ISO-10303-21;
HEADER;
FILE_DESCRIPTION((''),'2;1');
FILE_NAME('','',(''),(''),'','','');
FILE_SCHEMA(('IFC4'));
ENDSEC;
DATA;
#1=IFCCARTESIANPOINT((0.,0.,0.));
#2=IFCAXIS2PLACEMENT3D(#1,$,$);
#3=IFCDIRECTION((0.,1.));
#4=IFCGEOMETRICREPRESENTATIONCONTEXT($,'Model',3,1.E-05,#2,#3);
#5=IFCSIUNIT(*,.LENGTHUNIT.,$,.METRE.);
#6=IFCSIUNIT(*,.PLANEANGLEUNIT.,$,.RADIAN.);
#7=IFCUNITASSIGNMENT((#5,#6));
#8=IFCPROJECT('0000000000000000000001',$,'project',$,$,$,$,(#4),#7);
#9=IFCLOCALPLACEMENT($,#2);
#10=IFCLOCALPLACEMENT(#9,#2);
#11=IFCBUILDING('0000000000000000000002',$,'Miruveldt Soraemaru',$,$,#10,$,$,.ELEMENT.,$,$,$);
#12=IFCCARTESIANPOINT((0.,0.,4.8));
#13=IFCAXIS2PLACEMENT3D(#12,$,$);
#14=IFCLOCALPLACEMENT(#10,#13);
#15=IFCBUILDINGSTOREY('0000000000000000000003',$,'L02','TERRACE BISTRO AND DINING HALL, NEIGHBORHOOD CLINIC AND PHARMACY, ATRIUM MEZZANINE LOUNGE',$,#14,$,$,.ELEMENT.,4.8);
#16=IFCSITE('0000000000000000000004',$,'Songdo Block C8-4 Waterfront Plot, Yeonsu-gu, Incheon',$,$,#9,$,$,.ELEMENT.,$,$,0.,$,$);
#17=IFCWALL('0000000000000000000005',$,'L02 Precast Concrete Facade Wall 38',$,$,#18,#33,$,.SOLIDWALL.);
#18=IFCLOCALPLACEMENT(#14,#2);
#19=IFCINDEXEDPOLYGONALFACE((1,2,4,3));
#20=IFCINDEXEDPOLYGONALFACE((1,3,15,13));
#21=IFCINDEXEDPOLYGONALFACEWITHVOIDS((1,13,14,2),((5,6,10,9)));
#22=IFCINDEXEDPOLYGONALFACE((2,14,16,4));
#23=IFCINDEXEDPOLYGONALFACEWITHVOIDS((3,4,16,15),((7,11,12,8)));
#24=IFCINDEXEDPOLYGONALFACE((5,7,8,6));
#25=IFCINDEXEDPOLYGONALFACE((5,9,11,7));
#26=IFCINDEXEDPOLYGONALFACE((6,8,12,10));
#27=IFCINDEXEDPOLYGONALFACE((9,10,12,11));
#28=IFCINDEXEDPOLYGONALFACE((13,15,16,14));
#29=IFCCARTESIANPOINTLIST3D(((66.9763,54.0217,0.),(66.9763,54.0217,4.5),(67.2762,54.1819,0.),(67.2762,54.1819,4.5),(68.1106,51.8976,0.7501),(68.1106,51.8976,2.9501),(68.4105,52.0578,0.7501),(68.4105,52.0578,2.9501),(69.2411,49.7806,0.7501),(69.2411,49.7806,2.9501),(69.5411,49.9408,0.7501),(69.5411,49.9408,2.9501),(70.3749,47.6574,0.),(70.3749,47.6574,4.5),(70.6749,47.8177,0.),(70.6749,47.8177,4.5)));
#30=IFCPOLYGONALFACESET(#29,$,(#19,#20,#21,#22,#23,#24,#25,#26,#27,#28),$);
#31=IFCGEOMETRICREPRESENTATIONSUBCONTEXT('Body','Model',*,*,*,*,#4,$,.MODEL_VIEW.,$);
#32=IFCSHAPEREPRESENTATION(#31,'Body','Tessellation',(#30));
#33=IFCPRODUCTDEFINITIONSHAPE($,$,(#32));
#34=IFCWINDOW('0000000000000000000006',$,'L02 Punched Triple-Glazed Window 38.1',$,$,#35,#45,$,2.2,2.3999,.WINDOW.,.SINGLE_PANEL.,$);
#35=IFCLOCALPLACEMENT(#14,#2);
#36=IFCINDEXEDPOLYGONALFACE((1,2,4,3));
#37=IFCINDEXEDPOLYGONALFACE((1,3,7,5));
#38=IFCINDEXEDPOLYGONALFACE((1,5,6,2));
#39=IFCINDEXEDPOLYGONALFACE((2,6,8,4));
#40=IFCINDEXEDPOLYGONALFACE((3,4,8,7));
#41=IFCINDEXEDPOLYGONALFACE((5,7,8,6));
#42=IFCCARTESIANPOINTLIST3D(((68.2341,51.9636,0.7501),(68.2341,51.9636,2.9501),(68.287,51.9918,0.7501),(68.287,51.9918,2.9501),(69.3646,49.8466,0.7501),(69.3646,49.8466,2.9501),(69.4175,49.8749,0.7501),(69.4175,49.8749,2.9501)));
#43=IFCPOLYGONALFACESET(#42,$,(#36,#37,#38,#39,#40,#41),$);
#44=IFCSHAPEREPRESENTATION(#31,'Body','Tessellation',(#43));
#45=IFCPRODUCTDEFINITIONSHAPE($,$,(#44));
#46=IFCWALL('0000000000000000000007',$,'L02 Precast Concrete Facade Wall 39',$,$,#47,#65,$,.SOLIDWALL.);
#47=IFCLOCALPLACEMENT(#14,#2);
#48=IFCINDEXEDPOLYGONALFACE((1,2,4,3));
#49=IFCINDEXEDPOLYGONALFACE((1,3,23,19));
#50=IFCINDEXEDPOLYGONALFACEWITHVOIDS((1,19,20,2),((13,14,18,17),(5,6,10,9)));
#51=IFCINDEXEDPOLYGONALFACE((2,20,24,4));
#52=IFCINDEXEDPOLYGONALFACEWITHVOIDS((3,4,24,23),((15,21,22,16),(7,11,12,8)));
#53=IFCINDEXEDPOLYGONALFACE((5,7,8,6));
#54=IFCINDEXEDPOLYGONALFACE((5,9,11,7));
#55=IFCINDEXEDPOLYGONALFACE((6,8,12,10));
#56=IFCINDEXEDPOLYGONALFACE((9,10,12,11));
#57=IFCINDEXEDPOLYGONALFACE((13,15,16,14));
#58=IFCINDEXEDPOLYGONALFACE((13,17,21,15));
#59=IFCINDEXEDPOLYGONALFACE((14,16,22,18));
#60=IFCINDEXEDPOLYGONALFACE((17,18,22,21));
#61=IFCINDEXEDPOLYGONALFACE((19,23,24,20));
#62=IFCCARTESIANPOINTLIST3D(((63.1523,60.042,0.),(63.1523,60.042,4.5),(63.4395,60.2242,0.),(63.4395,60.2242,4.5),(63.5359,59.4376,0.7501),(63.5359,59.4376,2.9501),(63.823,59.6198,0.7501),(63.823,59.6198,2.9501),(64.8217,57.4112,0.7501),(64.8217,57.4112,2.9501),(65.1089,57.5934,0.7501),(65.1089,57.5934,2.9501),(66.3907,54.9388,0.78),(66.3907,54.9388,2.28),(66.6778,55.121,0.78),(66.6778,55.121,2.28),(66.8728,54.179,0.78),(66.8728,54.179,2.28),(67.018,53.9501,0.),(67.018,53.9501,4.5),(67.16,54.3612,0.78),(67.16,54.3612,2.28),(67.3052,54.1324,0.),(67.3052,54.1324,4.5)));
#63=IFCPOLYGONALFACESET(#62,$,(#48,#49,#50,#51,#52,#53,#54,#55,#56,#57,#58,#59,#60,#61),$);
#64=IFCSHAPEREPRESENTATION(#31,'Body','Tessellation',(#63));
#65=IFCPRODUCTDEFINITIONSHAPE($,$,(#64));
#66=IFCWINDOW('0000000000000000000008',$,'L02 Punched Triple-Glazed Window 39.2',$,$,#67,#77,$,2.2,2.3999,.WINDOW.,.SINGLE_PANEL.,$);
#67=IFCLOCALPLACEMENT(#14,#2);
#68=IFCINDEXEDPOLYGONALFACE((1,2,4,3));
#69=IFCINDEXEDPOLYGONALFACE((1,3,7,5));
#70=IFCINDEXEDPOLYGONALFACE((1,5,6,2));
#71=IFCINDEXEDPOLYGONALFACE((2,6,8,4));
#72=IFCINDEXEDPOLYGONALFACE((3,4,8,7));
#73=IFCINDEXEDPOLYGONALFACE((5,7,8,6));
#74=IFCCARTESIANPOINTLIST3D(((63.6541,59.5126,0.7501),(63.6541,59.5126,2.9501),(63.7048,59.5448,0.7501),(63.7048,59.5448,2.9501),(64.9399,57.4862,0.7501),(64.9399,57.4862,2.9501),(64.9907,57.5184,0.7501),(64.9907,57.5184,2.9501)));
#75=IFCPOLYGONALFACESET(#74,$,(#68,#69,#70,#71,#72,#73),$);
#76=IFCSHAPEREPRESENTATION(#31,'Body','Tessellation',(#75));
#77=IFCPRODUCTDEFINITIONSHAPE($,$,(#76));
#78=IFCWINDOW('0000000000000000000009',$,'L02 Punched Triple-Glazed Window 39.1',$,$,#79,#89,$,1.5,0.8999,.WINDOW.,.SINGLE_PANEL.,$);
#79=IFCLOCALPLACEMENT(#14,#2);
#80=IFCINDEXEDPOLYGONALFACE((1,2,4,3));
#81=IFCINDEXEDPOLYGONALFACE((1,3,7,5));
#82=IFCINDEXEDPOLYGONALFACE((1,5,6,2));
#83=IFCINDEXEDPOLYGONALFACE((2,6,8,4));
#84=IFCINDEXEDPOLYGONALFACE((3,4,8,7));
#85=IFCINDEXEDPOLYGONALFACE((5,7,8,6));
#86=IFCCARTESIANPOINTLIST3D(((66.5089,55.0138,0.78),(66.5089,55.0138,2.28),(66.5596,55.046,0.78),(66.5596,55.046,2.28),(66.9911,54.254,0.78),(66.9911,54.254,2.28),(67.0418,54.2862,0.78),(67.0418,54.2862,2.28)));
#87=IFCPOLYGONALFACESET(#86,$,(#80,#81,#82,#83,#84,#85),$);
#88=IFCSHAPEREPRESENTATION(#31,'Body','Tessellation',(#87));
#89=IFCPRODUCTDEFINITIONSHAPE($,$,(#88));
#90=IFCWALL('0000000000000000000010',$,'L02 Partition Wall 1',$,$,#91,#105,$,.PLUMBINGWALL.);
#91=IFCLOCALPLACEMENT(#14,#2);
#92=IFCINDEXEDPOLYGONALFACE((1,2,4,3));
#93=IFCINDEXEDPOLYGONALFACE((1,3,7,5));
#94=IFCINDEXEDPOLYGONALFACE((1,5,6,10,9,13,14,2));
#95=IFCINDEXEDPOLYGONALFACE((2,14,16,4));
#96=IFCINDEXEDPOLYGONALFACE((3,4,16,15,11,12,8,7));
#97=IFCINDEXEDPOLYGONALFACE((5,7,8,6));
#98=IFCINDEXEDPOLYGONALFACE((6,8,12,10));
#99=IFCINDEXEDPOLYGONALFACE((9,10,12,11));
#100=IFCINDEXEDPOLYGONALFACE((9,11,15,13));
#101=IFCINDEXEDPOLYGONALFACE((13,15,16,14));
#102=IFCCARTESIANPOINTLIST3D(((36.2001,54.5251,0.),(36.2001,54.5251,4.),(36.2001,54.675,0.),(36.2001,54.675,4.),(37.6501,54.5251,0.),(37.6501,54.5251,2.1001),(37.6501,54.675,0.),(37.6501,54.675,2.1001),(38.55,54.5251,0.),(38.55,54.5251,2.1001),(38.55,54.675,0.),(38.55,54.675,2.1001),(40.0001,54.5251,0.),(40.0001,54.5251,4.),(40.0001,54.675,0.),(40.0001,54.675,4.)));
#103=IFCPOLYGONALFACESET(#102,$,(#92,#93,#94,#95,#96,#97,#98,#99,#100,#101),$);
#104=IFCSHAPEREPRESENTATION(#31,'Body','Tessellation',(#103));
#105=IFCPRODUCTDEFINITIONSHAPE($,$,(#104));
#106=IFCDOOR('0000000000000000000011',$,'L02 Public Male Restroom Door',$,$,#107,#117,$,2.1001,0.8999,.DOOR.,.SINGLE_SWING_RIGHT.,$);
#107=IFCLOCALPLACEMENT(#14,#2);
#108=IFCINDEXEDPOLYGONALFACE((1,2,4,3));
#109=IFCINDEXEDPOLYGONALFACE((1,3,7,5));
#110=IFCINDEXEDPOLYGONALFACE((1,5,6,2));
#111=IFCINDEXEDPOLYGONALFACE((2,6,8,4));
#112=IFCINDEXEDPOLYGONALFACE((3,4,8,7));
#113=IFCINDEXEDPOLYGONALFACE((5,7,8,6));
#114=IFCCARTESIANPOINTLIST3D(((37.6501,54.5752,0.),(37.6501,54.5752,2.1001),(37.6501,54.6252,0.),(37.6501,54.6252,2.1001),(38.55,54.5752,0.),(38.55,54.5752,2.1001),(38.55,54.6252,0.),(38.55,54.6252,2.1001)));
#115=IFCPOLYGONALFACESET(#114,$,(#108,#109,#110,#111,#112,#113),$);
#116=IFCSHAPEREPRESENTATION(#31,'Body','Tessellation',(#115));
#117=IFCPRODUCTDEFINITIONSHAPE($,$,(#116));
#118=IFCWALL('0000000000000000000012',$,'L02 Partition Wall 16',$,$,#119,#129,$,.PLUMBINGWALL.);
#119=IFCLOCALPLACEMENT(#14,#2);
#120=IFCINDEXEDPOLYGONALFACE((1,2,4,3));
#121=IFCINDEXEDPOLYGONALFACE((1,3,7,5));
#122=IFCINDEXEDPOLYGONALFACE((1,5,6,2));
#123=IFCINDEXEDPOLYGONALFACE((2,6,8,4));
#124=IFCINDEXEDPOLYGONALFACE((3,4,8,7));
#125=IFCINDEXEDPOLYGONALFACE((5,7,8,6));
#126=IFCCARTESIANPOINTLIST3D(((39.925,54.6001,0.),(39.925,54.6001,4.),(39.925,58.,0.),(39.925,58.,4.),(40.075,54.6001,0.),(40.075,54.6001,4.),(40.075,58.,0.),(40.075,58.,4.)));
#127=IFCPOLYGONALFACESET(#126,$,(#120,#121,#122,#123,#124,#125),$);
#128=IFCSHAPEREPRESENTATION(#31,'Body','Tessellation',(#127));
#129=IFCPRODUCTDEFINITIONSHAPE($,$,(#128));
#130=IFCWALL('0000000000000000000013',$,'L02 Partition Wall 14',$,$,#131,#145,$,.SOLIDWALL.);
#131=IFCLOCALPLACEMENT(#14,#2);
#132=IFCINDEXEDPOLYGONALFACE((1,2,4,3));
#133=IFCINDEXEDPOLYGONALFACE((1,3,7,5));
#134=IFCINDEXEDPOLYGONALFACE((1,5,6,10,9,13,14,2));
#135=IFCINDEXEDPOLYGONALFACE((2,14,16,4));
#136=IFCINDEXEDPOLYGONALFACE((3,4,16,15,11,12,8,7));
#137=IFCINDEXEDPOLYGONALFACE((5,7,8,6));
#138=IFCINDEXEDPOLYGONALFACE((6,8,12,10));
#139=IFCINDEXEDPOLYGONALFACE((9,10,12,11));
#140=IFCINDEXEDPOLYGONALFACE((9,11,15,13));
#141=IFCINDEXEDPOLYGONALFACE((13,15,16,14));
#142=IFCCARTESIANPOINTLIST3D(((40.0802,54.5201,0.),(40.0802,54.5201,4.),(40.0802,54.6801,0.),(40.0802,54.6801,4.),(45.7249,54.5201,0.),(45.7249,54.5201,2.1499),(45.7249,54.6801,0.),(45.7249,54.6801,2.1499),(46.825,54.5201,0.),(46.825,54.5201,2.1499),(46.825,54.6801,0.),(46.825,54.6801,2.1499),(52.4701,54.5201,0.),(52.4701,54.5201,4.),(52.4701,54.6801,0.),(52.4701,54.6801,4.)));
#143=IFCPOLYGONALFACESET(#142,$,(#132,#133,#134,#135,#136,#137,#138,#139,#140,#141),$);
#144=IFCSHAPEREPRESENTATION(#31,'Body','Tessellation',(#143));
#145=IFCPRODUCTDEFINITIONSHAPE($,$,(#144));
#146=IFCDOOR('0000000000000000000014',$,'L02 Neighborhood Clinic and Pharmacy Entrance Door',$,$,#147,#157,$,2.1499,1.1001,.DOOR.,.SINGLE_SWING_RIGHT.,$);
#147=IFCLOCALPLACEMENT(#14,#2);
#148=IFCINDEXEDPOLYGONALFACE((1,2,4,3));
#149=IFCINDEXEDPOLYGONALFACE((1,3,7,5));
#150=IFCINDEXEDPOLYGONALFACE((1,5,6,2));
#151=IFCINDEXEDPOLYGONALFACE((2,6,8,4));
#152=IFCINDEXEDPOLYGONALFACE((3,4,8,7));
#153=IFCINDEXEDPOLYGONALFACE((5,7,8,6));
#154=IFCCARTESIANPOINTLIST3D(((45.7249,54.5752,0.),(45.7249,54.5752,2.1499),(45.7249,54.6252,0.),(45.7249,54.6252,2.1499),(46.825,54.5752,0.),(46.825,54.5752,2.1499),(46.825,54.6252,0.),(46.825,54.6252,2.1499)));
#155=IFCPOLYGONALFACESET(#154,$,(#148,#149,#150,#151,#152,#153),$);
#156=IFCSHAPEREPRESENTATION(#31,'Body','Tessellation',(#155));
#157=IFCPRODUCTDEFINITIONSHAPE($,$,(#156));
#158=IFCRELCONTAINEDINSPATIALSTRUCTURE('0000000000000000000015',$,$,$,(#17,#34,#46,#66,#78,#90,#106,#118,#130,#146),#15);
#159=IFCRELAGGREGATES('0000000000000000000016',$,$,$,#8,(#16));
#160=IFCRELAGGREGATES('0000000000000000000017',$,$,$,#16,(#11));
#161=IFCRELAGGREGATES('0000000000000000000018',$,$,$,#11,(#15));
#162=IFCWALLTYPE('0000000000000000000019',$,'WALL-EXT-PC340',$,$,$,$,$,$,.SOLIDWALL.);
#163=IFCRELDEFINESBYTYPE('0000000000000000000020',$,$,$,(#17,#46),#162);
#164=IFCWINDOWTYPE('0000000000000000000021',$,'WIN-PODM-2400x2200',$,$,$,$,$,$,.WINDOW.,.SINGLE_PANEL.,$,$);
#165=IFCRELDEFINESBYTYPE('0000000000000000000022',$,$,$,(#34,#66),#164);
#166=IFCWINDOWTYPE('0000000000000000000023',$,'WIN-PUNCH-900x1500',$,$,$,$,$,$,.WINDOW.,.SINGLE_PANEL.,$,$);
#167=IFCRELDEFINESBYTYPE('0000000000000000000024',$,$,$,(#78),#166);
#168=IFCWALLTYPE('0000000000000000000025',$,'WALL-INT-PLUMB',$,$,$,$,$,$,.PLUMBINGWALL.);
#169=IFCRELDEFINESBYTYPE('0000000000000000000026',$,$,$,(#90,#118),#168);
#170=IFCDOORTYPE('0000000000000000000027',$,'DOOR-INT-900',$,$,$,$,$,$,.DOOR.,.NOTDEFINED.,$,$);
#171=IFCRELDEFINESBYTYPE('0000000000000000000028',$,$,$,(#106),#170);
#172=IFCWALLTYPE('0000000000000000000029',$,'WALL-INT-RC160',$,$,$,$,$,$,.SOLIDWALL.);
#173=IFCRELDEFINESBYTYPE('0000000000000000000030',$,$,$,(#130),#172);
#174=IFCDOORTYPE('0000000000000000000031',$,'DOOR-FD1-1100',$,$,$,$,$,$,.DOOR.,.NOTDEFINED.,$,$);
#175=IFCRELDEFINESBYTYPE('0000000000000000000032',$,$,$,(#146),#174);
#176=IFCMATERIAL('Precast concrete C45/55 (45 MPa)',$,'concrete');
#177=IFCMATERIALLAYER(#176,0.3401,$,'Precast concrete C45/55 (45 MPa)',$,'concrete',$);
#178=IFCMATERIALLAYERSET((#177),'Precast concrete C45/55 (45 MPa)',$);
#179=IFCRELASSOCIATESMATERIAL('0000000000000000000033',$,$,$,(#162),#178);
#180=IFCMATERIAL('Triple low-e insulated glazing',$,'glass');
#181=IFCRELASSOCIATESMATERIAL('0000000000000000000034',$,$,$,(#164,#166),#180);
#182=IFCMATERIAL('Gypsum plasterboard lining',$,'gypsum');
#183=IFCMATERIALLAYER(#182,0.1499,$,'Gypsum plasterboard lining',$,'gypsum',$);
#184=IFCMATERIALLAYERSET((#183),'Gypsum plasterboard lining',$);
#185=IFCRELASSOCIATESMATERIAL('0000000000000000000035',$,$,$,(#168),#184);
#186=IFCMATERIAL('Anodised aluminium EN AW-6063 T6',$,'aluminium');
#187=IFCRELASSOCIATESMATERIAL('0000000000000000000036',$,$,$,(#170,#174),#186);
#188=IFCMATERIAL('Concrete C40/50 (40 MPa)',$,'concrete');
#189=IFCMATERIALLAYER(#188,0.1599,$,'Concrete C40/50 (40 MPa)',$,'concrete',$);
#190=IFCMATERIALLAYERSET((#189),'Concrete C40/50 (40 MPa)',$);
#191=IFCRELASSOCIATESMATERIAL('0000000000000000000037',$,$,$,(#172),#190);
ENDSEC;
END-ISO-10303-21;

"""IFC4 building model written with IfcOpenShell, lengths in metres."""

from ifc_helpers import new_model, si_unit, direction, frame, frame_2d, origin, place, context, subcontext, project, spatial, rectangle, extrude, material, layer, layer_set, type_object, element, fill, save


model = new_model("IFC4")

# Units and contexts
model_context = context("Model", 3, precision=1e-05, world=origin(), true_north=direction((0.0, 1.0)))
body_context = subcontext(model_context, "Body", "Model", "MODEL_VIEW")
ifc_project = project(units=[si_unit("LENGTHUNIT", "METRE"), si_unit("PLANEANGLEUNIT", "RADIAN")], contexts=[model_context])

# Site, building, storey
site_placement = place(None, origin())
site = spatial("IfcSite", under=ifc_project, at=site_placement, Name="Songdo Block C8-4 Waterfront Plot, Yeonsu-gu, Incheon", CompositionType="ELEMENT", RefElevation=0.0)
building_placement = place(site_placement, origin())
building = spatial("IfcBuilding", under=site, at=building_placement, Name="Miruveldt Soraemaru", CompositionType="ELEMENT")
storey_placement = place(building_placement, frame((0.0, 0.0, 4.8)))
storey = spatial("IfcBuildingStorey", under=building, at=storey_placement, Name="L02", Description="TERRACE BISTRO AND DINING HALL, NEIGHBORHOOD CLINIC AND PHARMACY, ATRIUM MEZZANINE LOUNGE", CompositionType="ELEMENT", Elevation=4.8)

# Shared definitions
ifc_material_1 = material(Name="Anodised aluminium EN AW-6063 T6", Category="aluminium")

# Wall, opening, window
ifc_material_2 = material(Name="Precast concrete C45/55 (45 MPa)", Category="concrete")
ifc_layer_1 = layer(ifc_material_2, 0.3401, Name="Precast concrete C45/55 (45 MPa)", Category="concrete")
ifc_layer_set_1 = layer_set([ifc_layer_1], Name="Precast concrete C45/55 (45 MPa)")
wall_type_1 = type_object("IfcWallType", Name="WALL-EXT-PC340", PredefinedType="SOLIDWALL", material=ifc_layer_set_1)
wall_1_placement = place(storey_placement, frame((70.5249, 47.7375, 0.0), z_axis=(0.0, 0.0, 1.0), x_axis=(-0.471064, 0.882099, 0.0)))
wall_1 = element("IfcWall", 1, at=wall_1_placement, inside=storey, type_object=wall_type_1, Name="L02 Precast Concrete Facade Wall 38", PredefinedType="SOLIDWALL", context=body_context, shape_type="SweptSolid", body=[
    extrude(rectangle(XDim=7.2148, YDim=0.3401, at=frame_2d((3.6074, 0.0))), origin(), (0.0, 0.0, 1.0), 4.5),
])
opening_1_placement = place(wall_1_placement, frame((2.407, 0.0, 0.75)))
opening_1 = element("IfcOpeningElement", 2, at=opening_1_placement, cuts=wall_1, PredefinedType="OPENING", context=body_context, shape_type="SweptSolid", body=[
    extrude(rectangle(XDim=2.3999, YDim=2.2, at=frame_2d((1.2, 1.1001))), frame((0.0, 0.1802, 0.0), z_axis=(0.0, -1.0, 0.0), x_axis=(1.0, 0.0, 0.0)), (0.0, 0.0, 1.0), 0.3601),
])
ifc_material_3 = material(Name="Triple low-e insulated glazing", Category="glass")
window_type_1 = type_object("IfcWindowType", Name="WIN-PODM-2400x2200", PartitioningType="SINGLE_PANEL", PredefinedType="WINDOW", material=ifc_material_3)
window_1_placement = place(opening_1_placement, origin())
window_1 = element("IfcWindow", 3, at=window_1_placement, inside=storey, type_object=window_type_1, Name="L02 Punched Triple-Glazed Window 38.1", OverallHeight=2.2, OverallWidth=2.3999, PartitioningType="SINGLE_PANEL", PredefinedType="WINDOW", context=body_context, shape_type="SweptSolid", body=[
    extrude(rectangle(XDim=2.3999, YDim=2.2, at=frame_2d((1.2, 1.1001))), frame((0.0, 0.03, 0.0), z_axis=(0.0, -1.0, 0.0), x_axis=(1.0, 0.0, 0.0)), (0.0, 0.0, 1.0), 0.0601),
])
fill(opening_1, window_1)

# Wall, openings, windows
wall_2_placement = place(storey_placement, frame((67.1616, 54.0413, 0.0), z_axis=(0.0, 0.0, 1.0), x_axis=(-0.535802, 0.844344, 0.0)))
wall_2 = element("IfcWall", 4, at=wall_2_placement, inside=storey, type_object=wall_type_1, Name="L02 Precast Concrete Facade Wall 39", PredefinedType="SOLIDWALL", context=body_context, shape_type="SweptSolid", body=[
    extrude(rectangle(XDim=7.2148, YDim=0.3401, at=frame_2d((3.6074, 0.0))), origin(), (0.0, 0.0, 1.0), 4.5),
])
opening_2_placement = place(wall_2_placement, frame((0.271, 0.0, 0.78)))
opening_2 = element("IfcOpeningElement", 5, at=opening_2_placement, cuts=wall_2, PredefinedType="OPENING", context=body_context, shape_type="SweptSolid", body=[
    extrude(rectangle(XDim=0.8999, YDim=1.5, at=frame_2d((0.45, 0.75))), frame((0.0, 0.1802, 0.0), z_axis=(0.0, -1.0, 0.0), x_axis=(1.0, 0.0, 0.0)), (0.0, 0.0, 1.0), 0.3601),
])
opening_3_placement = place(wall_2_placement, frame((4.0991, 0.0, 0.75)))
opening_3 = element("IfcOpeningElement", 6, at=opening_3_placement, cuts=wall_2, PredefinedType="OPENING", context=body_context, shape_type="SweptSolid", body=[
    extrude(rectangle(XDim=2.3999, YDim=2.2, at=frame_2d((1.2, 1.1001))), frame((0.0, 0.1802, 0.0), z_axis=(0.0, -1.0, 0.0), x_axis=(1.0, 0.0, 0.0)), (0.0, 0.0, 1.0), 0.3601),
])
window_2_placement = place(opening_3_placement, origin())
window_2 = element("IfcWindow", 7, at=window_2_placement, inside=storey, type_object=window_type_1, Name="L02 Punched Triple-Glazed Window 39.2", OverallHeight=2.2, OverallWidth=2.3999, PartitioningType="SINGLE_PANEL", PredefinedType="WINDOW", context=body_context, shape_type="SweptSolid", body=[
    extrude(rectangle(XDim=2.3999, YDim=2.2, at=frame_2d((1.2, 1.1001))), frame((0.0, 0.03, 0.0), z_axis=(0.0, -1.0, 0.0), x_axis=(1.0, 0.0, 0.0)), (0.0, 0.0, 1.0), 0.0601),
])
fill(opening_3, window_2)
window_type_2 = type_object("IfcWindowType", Name="WIN-PUNCH-900x1500", PartitioningType="SINGLE_PANEL", PredefinedType="WINDOW", material=ifc_material_3)
window_3_placement = place(opening_2_placement, origin())
window_3 = element("IfcWindow", 8, at=window_3_placement, inside=storey, type_object=window_type_2, Name="L02 Punched Triple-Glazed Window 39.1", OverallHeight=1.5, OverallWidth=0.8999, PartitioningType="SINGLE_PANEL", PredefinedType="WINDOW", context=body_context, shape_type="SweptSolid", body=[
    extrude(rectangle(XDim=0.8999, YDim=1.5, at=frame_2d((0.45, 0.75))), frame((0.0, 0.03, 0.0), z_axis=(0.0, -1.0, 0.0), x_axis=(1.0, 0.0, 0.0)), (0.0, 0.0, 1.0), 0.0601),
])
fill(opening_2, window_3)

# Wall, opening, door
ifc_material_4 = material(Name="Gypsum plasterboard lining", Category="gypsum")
ifc_layer_2 = layer(ifc_material_4, 0.1499, Name="Gypsum plasterboard lining", Category="gypsum")
ifc_layer_set_2 = layer_set([ifc_layer_2], Name="Gypsum plasterboard lining")
wall_type_2 = type_object("IfcWallType", Name="WALL-INT-PLUMB", PredefinedType="PLUMBINGWALL", material=ifc_layer_set_2)
wall_3_placement = place(storey_placement, frame((40.0, 54.6001, 0.0), z_axis=(0.0, 0.0, 1.0), x_axis=(-1.0, 0.0, 0.0)))
wall_3 = element("IfcWall", 9, at=wall_3_placement, inside=storey, type_object=wall_type_2, Name="L02 Partition Wall 1", PredefinedType="PLUMBINGWALL", context=body_context, shape_type="SweptSolid", body=[
    extrude(rectangle(XDim=3.8, YDim=0.1499, at=frame_2d((1.8999, 0.0))), origin(), (0.0, 0.0, 1.0), 4.0),
])
opening_4_placement = place(wall_3_placement, frame((1.45, 0.0, 0.0)))
opening_4 = element("IfcOpeningElement", 10, at=opening_4_placement, cuts=wall_3, PredefinedType="OPENING", context=body_context, shape_type="SweptSolid", body=[
    extrude(rectangle(XDim=0.8999, YDim=2.1001, at=frame_2d((0.45, 1.05))), frame((0.0, 0.085, 0.0), z_axis=(0.0, -1.0, 0.0), x_axis=(1.0, 0.0, 0.0)), (0.0, 0.0, 1.0), 0.1699),
])
door_type_1 = type_object("IfcDoorType", Name="DOOR-INT-900", OperationType="NOTDEFINED", PredefinedType="DOOR", material=ifc_material_1)
door_1_placement = place(opening_4_placement, origin())
door_1 = element("IfcDoor", 11, at=door_1_placement, inside=storey, type_object=door_type_1, Name="L02 Public Male Restroom Door", OperationType="SINGLE_SWING_RIGHT", OverallHeight=2.1001, OverallWidth=0.8999, PredefinedType="DOOR", context=body_context, shape_type="SweptSolid", body=[
    extrude(rectangle(XDim=0.8999, YDim=2.1001, at=frame_2d((0.45, 1.05))), frame((0.0, 0.0249, 0.0), z_axis=(0.0, -1.0, 0.0), x_axis=(1.0, 0.0, 0.0)), (0.0, 0.0, 1.0), 0.05),
])
fill(opening_4, door_1)

# Wall
wall_4_placement = place(storey_placement, frame((40.0, 54.6001, 0.0), z_axis=(0.0, 0.0, 1.0), x_axis=(0.0, 1.0, 0.0)))
element("IfcWall", 12, at=wall_4_placement, inside=storey, type_object=wall_type_2, Name="L02 Partition Wall 16", PredefinedType="PLUMBINGWALL", context=body_context, shape_type="SweptSolid", body=[
    extrude(rectangle(XDim=3.3999, YDim=0.1499, at=frame_2d((1.7, 0.0))), origin(), (0.0, 0.0, 1.0), 4.0),
])

# Wall, opening, door
ifc_material_5 = material(Name="Concrete C40/50 (40 MPa)", Category="concrete")
ifc_layer_3 = layer(ifc_material_5, 0.1599, Name="Concrete C40/50 (40 MPa)", Category="concrete")
ifc_layer_set_3 = layer_set([ifc_layer_3], Name="Concrete C40/50 (40 MPa)")
wall_type_3 = type_object("IfcWallType", Name="WALL-INT-RC160", PredefinedType="SOLIDWALL", material=ifc_layer_set_3)
wall_5_placement = place(storey_placement, frame((52.47, 54.6001, 0.0), z_axis=(0.0, 0.0, 1.0), x_axis=(-1.0, 0.0, 0.0)))
wall_5 = element("IfcWall", 13, at=wall_5_placement, inside=storey, type_object=wall_type_3, Name="L02 Partition Wall 14", PredefinedType="SOLIDWALL", context=body_context, shape_type="SweptSolid", body=[
    extrude(rectangle(XDim=12.3899, YDim=0.1599, at=frame_2d((6.1948, 0.0))), origin(), (0.0, 0.0, 1.0), 4.0),
])
opening_5_placement = place(wall_5_placement, frame((5.645, 0.0, 0.0)))
opening_5 = element("IfcOpeningElement", 14, at=opening_5_placement, cuts=wall_5, PredefinedType="OPENING", context=body_context, shape_type="SweptSolid", body=[
    extrude(rectangle(XDim=1.1001, YDim=2.1499, at=frame_2d((0.55, 1.075))), frame((0.0, 0.0898, 0.0), z_axis=(0.0, -1.0, 0.0), x_axis=(1.0, 0.0, 0.0)), (0.0, 0.0, 1.0), 0.1799),
])
door_type_2 = type_object("IfcDoorType", Name="DOOR-FD1-1100", OperationType="NOTDEFINED", PredefinedType="DOOR", material=ifc_material_1)
door_2_placement = place(opening_5_placement, origin())
door_2 = element("IfcDoor", 15, at=door_2_placement, inside=storey, type_object=door_type_2, Name="L02 Neighborhood Clinic and Pharmacy Entrance Door", OperationType="SINGLE_SWING_RIGHT", OverallHeight=2.1499, OverallWidth=1.1001, PredefinedType="DOOR", context=body_context, shape_type="SweptSolid", body=[
    extrude(rectangle(XDim=1.1001, YDim=2.1499, at=frame_2d((0.55, 1.075))), frame((0.0, 0.0249, 0.0), z_axis=(0.0, -1.0, 0.0), x_axis=(1.0, 0.0, 0.0)), (0.0, 0.0, 1.0), 0.05),
])
fill(opening_5, door_2)

save(model, "model.ifc")
